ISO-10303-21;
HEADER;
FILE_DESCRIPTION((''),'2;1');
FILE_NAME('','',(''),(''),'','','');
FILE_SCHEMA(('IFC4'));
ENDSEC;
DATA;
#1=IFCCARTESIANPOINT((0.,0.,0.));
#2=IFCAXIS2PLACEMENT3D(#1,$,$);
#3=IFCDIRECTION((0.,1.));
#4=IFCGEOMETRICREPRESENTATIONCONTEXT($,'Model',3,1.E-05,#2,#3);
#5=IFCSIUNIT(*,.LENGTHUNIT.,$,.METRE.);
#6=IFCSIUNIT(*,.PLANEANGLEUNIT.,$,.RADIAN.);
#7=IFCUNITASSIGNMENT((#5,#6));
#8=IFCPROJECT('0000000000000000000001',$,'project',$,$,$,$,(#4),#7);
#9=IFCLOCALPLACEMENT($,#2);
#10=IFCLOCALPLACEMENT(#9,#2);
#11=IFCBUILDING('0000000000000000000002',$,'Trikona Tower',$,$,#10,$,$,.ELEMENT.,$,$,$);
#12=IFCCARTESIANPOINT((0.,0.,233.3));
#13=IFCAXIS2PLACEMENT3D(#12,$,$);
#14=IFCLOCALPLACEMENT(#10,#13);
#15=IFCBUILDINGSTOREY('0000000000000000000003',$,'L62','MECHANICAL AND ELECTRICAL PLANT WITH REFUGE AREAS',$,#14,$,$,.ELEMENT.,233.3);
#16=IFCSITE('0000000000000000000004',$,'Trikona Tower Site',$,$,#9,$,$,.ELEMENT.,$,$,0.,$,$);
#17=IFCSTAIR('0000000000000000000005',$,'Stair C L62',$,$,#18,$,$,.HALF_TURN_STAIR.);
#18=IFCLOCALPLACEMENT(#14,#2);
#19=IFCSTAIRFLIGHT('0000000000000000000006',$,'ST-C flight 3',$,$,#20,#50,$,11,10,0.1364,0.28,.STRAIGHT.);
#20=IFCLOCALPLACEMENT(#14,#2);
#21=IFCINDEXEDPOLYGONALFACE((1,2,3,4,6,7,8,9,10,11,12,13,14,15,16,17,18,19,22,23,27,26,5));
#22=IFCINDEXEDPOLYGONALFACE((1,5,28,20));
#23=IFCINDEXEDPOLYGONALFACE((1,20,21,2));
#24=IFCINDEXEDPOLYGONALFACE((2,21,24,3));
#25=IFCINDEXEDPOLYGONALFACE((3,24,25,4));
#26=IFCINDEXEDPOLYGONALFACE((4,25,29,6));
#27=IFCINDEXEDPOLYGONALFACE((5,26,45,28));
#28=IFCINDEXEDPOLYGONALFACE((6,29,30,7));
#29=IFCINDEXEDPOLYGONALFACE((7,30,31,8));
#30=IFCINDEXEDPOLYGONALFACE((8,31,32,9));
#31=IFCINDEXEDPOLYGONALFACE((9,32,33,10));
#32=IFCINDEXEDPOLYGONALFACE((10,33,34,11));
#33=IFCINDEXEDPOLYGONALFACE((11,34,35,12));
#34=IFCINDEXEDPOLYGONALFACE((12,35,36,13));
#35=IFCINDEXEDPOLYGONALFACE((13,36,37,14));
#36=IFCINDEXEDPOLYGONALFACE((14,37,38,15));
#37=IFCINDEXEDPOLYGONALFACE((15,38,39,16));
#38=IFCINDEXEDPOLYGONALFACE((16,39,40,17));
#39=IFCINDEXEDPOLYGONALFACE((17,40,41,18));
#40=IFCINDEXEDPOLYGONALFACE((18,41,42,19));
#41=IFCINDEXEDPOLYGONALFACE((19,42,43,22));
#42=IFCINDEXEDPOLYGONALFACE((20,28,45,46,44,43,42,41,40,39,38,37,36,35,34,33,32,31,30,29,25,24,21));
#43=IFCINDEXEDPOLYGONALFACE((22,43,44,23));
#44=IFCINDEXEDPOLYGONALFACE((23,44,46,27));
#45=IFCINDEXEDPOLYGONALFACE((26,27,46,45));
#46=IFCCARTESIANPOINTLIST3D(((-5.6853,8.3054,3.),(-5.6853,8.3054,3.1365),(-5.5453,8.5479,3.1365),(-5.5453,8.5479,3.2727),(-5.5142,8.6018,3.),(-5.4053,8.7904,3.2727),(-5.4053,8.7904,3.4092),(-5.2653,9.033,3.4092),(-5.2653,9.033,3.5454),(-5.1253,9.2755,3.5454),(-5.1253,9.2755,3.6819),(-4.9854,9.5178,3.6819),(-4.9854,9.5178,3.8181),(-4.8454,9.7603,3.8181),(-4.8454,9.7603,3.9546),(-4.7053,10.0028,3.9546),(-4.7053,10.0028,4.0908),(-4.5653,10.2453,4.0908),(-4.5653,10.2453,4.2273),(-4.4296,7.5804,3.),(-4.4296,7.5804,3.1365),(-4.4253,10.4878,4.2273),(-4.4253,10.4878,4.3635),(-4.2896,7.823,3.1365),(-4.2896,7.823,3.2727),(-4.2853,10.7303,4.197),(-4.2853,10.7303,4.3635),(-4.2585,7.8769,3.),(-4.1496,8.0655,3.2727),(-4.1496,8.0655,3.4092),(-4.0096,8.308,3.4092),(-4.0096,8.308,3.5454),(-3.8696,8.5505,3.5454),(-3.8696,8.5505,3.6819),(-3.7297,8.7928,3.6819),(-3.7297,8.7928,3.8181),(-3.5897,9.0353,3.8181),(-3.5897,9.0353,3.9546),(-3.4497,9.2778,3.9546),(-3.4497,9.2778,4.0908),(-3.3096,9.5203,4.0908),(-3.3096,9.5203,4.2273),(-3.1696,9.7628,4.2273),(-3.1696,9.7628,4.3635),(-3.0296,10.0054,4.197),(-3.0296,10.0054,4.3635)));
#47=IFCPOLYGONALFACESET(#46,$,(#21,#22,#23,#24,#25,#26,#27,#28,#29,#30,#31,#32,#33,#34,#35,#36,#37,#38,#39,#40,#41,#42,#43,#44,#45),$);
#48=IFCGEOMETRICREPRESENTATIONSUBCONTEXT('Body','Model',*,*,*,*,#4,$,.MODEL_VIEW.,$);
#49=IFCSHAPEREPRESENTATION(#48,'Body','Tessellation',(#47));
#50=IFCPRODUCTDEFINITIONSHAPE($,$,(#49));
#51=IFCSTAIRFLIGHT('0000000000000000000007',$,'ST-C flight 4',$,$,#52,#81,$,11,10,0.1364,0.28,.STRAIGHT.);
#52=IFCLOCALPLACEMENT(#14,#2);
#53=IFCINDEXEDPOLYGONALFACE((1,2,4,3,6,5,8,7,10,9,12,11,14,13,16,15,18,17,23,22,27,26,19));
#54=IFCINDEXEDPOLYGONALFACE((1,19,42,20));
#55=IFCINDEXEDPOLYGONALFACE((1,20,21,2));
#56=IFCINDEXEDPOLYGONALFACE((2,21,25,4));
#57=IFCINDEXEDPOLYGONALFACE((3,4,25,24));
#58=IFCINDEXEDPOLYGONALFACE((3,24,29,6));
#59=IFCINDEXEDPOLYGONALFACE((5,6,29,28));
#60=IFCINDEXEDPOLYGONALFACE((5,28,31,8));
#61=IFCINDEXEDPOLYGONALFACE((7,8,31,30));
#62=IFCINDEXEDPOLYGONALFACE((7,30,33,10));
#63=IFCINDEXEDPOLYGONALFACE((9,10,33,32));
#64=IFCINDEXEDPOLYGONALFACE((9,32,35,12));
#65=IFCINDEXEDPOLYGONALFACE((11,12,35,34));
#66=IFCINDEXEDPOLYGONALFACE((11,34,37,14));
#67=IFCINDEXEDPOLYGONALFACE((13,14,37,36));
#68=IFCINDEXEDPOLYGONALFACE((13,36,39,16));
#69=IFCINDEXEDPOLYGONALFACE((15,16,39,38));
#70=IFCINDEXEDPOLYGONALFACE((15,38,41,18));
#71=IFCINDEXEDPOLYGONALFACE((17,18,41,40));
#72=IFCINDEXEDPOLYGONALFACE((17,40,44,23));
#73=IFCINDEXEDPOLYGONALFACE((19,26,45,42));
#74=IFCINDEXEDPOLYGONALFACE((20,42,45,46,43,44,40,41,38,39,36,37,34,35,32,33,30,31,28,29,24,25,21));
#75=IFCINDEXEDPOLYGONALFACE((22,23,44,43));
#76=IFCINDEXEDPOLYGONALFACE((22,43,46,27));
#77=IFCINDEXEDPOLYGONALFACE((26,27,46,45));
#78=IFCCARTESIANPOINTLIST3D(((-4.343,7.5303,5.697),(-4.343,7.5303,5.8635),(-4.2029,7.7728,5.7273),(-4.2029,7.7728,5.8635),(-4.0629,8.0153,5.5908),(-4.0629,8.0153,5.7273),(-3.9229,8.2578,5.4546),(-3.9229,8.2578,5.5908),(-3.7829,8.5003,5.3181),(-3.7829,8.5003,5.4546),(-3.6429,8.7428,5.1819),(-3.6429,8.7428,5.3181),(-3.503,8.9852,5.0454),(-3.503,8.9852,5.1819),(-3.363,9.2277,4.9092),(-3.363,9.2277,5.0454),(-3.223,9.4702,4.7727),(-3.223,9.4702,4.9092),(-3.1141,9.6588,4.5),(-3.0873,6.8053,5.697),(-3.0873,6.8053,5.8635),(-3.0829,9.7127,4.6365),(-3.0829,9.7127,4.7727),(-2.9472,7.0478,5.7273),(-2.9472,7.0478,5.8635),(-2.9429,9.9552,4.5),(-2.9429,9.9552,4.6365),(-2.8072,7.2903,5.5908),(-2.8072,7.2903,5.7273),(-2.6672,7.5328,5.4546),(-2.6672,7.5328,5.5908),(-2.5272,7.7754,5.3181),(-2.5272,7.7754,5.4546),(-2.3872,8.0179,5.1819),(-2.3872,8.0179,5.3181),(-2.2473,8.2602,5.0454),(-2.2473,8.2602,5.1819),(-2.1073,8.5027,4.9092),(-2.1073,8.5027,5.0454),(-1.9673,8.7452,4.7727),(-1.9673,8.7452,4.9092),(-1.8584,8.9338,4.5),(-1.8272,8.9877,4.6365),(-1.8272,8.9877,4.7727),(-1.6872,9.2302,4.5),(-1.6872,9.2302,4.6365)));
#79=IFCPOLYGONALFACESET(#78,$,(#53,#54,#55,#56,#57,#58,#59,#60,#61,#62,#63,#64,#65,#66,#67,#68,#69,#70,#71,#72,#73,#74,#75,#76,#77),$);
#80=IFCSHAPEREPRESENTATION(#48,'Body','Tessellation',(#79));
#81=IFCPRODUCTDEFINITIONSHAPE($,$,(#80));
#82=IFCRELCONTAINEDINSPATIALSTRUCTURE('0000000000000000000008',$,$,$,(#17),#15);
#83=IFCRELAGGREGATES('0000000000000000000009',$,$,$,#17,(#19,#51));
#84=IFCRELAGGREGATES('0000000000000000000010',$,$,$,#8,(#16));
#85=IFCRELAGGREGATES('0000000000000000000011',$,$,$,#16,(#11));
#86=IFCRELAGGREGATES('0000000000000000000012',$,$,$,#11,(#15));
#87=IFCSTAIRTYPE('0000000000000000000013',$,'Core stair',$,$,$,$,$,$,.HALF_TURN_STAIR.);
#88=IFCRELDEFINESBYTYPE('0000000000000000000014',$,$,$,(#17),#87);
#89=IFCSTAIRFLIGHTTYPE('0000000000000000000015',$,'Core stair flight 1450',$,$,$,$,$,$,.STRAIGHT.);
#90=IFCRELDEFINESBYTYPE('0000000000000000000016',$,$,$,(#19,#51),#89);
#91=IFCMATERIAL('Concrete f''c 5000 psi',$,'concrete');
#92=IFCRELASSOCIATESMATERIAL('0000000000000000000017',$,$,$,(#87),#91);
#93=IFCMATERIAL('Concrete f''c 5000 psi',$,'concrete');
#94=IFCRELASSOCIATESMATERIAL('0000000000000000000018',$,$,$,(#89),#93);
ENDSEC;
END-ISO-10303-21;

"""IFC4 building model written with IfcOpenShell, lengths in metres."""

from ifc_helpers import new_model, si_unit, direction, frame, origin, place, context, subcontext, project, spatial, polyline, outline, extrude, material, type_object, element, aggregate, save


model = new_model("IFC4")

# Units and contexts
model_context = context("Model", 3, precision=1e-05, world=origin(), true_north=direction((0.0, 1.0)))
body_context = subcontext(model_context, "Body", "Model", "MODEL_VIEW")
ifc_project = project(units=[si_unit("LENGTHUNIT", "METRE"), si_unit("PLANEANGLEUNIT", "RADIAN")], contexts=[model_context])

# Site, building, storey
site_placement = place(None, origin())
site = spatial("IfcSite", under=ifc_project, at=site_placement, Name="Trikona Tower Site", CompositionType="ELEMENT", RefElevation=0.0)
building_placement = place(site_placement, origin())
building = spatial("IfcBuilding", under=site, at=building_placement, Name="Trikona Tower", CompositionType="ELEMENT")
storey_placement = place(building_placement, frame((0.0, 0.0, 233.3)))
storey = spatial("IfcBuildingStorey", under=building, at=storey_placement, Name="L62", Description="MECHANICAL AND ELECTRICAL PLANT WITH REFUGE AREAS", CompositionType="ELEMENT", Elevation=233.3)

# Stair, stair flights
ifc_material_1 = material(Name="Concrete f'c 5000 psi", Category="concrete")
stair_type = type_object("IfcStairType", Name="Core stair", PredefinedType="HALF_TURN_STAIR", material=ifc_material_1)
stair_placement = place(storey_placement, origin())
stair = element("IfcStair", 1, at=stair_placement, inside=storey, type_object=stair_type, Name="Stair C L62", PredefinedType="HALF_TURN_STAIR")
ifc_material_2 = material(Name="Concrete f'c 5000 psi", Category="concrete")
stair_flight_type = type_object("IfcStairFlightType", Name="Core stair flight 1450", PredefinedType="STRAIGHT", material=ifc_material_2)
stair_flight_1_placement = place(storey_placement, frame((-5.0574, 7.9429, 3.0), z_axis=(0.0, 0.0, 1.0), x_axis=(0.5, 0.866025, 0.0)))
stair_flight_1 = element("IfcStairFlight", 2, at=stair_flight_1_placement, type_object=stair_flight_type, Name="ST-C flight 3", NumberOfRisers=11, NumberOfTreads=10, PredefinedType="STRAIGHT", RiserHeight=0.1364, TreadLength=0.28, context=body_context, shape_type="SweptSolid", body=[
    extrude(outline(polyline([(0.0, 0.0), (0.0, 0.1365), (0.28, 0.1365), (0.28, 0.2727), (0.5601, 0.2727), (0.5601, 0.4092), (0.8401, 0.4092), (0.8401, 0.5454), (1.1201, 0.5454), (1.1201, 0.6819), (1.3999, 0.6819), (1.3999, 0.8181), (1.6799, 0.8181), (1.6799, 0.9546), (1.96, 0.9546), (1.96, 1.0908), (2.24, 1.0908), (2.24, 1.2273), (2.52, 1.2273), (2.52, 1.3635), (2.8, 1.3635), (2.8, 1.5), (2.8, 1.197), (0.3423, 0.0), (0.0, 0.0)])), frame((0.0, 0.7251, 0.0), z_axis=(0.0, -1.0, 0.0), x_axis=(1.0, 0.0, 0.0)), (0.0, 0.0, 1.0), 1.45),
])
stair_flight_2_placement = place(storey_placement, frame((-2.3152, 9.5928, 4.5), z_axis=(0.0, 0.0, 1.0), x_axis=(-0.5, -0.866025, 0.0)))
stair_flight_2 = element("IfcStairFlight", 3, at=stair_flight_2_placement, type_object=stair_flight_type, Name="ST-C flight 4", NumberOfRisers=11, NumberOfTreads=10, PredefinedType="STRAIGHT", RiserHeight=0.1364, TreadLength=0.28, context=body_context, shape_type="SweptSolid", body=[
    extrude(outline(polyline([(0.0, 0.0), (0.0, 0.1365), (0.28, 0.1365), (0.28, 0.2727), (0.5601, 0.2727), (0.5601, 0.4092), (0.8401, 0.4092), (0.8401, 0.5454), (1.1201, 0.5454), (1.1201, 0.6819), (1.3999, 0.6819), (1.3999, 0.8181), (1.6799, 0.8181), (1.6799, 0.9546), (1.96, 0.9546), (1.96, 1.0908), (2.24, 1.0908), (2.24, 1.2273), (2.52, 1.2273), (2.52, 1.3635), (2.8, 1.3635), (2.8, 1.5), (2.8, 1.197), (0.3423, 0.0), (0.0, 0.0)])), frame((0.0, 0.7251, 0.0), z_axis=(0.0, -1.0, 0.0), x_axis=(1.0, 0.0, 0.0)), (0.0, 0.0, 1.0), 1.45),
])
aggregate(stair, [stair_flight_1, stair_flight_2])

save(model, "model.ifc")
